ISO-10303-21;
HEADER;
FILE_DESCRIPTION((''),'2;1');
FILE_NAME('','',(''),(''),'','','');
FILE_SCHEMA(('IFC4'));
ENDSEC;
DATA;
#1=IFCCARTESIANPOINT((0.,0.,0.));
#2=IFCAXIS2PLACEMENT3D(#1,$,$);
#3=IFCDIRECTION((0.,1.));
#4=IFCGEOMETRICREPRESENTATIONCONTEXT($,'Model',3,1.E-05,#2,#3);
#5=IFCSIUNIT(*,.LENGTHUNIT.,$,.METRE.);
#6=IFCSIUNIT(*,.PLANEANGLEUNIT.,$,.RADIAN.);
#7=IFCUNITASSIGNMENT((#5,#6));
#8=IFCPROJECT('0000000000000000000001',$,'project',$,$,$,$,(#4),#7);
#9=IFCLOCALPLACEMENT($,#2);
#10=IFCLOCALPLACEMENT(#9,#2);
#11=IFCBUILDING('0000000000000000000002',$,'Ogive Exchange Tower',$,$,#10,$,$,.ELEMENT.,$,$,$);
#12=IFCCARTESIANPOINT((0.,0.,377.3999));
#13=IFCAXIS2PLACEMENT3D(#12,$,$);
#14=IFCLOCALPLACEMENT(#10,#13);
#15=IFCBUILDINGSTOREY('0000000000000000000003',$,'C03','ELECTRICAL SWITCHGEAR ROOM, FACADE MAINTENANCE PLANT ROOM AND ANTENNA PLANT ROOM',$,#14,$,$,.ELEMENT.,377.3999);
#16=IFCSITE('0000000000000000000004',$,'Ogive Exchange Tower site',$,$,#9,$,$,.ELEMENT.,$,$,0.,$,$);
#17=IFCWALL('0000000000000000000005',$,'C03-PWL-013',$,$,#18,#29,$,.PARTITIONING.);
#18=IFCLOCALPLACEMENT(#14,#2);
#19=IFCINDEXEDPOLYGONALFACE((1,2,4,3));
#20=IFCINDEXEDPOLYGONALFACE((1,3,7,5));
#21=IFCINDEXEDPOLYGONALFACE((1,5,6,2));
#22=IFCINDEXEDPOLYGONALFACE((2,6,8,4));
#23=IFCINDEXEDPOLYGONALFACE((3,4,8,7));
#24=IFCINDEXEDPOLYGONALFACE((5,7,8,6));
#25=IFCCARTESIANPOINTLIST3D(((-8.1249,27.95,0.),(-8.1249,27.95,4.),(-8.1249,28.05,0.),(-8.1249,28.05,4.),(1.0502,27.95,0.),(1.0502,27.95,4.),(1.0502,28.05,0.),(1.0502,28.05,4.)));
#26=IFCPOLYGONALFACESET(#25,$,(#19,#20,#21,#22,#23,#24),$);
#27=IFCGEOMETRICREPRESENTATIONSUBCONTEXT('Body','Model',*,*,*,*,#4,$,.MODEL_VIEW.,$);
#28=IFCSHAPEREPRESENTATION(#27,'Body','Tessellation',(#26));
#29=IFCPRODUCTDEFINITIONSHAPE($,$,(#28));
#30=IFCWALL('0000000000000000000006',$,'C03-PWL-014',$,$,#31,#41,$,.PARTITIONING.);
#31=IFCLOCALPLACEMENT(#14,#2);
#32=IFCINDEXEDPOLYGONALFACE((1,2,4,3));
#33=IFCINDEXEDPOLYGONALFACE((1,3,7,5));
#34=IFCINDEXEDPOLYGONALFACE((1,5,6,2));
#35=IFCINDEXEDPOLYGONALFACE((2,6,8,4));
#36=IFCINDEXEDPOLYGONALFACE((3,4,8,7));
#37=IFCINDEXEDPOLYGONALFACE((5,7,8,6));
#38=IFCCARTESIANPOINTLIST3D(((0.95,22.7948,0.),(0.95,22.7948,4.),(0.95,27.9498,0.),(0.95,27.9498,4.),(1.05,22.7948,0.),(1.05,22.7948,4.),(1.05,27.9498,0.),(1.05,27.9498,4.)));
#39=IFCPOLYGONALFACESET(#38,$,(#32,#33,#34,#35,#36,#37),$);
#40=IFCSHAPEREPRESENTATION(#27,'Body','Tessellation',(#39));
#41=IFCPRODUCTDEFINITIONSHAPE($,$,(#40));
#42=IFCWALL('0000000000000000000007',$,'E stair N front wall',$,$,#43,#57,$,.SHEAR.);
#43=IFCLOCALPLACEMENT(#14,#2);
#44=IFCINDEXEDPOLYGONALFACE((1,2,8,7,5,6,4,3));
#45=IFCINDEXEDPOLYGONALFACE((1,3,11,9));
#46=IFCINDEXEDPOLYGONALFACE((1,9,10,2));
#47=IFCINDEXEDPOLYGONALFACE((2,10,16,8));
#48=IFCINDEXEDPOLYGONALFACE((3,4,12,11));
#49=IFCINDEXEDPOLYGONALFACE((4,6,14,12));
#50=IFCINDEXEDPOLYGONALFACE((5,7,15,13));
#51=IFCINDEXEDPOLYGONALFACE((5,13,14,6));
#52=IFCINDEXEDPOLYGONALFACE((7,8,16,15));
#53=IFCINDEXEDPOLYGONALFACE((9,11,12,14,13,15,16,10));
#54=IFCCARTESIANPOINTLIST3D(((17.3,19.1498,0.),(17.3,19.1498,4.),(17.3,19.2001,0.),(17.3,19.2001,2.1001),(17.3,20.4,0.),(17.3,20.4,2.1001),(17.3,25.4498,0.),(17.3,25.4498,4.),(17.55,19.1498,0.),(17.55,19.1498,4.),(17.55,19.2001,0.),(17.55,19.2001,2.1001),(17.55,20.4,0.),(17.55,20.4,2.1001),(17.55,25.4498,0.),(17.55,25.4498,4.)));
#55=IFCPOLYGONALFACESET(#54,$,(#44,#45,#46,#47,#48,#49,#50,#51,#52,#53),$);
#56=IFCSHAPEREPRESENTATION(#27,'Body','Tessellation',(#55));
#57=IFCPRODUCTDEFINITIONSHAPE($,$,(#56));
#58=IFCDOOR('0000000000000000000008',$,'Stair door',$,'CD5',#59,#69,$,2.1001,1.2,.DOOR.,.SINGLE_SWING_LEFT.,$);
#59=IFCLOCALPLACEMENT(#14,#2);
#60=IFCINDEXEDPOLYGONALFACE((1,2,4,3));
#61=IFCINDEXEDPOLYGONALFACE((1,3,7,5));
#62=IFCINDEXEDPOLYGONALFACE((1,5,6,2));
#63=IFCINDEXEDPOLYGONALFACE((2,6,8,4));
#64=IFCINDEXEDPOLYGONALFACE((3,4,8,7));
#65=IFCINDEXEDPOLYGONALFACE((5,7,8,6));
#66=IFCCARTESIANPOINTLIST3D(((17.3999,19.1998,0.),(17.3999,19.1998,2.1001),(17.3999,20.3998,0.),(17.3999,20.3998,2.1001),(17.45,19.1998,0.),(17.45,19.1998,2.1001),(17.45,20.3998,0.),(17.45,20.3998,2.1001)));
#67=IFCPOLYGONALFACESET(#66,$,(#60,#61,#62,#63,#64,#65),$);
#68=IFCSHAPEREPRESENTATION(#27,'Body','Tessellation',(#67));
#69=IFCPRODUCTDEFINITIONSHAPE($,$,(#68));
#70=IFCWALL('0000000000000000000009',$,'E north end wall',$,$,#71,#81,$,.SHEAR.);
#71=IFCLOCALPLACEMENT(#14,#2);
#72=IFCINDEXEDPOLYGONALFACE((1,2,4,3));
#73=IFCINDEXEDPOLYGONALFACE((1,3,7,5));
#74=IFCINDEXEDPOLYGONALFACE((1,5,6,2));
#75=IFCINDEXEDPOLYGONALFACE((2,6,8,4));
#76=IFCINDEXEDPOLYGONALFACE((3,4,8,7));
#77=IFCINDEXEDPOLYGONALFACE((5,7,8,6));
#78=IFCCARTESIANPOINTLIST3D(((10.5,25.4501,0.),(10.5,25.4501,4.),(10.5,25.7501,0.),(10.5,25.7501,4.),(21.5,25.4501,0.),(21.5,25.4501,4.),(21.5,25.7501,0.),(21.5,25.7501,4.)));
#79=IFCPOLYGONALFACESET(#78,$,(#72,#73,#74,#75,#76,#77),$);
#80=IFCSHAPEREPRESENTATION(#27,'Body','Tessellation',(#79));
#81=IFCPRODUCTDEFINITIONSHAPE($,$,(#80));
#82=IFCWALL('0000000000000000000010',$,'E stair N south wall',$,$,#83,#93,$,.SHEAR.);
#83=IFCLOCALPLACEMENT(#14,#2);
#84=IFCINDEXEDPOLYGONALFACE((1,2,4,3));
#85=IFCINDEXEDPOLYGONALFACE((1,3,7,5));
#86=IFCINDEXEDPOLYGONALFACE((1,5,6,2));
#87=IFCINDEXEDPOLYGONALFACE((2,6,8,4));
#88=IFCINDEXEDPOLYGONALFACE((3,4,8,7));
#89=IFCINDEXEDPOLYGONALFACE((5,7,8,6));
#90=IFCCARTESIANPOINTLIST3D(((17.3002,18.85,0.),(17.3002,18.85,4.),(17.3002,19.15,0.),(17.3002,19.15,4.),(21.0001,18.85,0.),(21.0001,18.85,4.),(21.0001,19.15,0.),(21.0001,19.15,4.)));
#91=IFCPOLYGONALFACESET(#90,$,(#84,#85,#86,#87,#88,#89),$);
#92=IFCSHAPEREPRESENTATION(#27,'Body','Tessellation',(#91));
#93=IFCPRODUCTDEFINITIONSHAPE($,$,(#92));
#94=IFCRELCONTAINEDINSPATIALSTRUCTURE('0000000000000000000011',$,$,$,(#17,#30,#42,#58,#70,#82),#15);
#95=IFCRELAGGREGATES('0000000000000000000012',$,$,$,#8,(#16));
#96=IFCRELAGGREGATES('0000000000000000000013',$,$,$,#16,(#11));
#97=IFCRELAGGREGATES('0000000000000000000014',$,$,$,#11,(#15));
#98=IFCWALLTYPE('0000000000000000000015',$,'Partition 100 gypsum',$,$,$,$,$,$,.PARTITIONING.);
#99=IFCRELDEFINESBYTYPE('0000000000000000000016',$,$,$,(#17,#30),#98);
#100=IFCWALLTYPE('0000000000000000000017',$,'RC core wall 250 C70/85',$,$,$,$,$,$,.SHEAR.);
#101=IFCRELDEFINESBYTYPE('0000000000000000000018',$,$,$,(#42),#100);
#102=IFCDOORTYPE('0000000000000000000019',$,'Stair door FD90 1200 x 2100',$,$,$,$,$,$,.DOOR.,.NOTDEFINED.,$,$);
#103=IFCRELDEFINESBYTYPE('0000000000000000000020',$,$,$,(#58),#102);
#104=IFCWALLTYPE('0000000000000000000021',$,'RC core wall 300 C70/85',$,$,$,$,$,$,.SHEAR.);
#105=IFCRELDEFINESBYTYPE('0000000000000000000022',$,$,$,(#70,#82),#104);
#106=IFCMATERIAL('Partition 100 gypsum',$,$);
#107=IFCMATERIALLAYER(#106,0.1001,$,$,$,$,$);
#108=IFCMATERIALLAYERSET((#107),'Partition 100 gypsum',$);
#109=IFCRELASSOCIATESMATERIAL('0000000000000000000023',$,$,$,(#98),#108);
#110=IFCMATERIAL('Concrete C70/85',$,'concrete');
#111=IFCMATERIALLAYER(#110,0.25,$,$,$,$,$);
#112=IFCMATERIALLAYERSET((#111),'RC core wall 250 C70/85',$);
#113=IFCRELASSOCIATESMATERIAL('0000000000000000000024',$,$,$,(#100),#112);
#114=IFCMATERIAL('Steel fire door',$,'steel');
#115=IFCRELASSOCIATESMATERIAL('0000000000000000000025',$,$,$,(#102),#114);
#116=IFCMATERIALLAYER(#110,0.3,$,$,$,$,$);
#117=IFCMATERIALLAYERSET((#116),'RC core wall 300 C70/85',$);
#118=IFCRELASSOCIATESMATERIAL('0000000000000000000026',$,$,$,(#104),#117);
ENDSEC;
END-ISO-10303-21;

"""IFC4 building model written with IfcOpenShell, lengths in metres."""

from ifc_helpers import new_model, si_unit, direction, frame, frame_2d, origin, place, context, subcontext, project, spatial, rectangle, extrude, material, layer, layer_set, type_object, element, fill, save


model = new_model("IFC4")

# Units and contexts
model_context = context("Model", 3, precision=1e-05, world=origin(), true_north=direction((0.0, 1.0)))
body_context = subcontext(model_context, "Body", "Model", "MODEL_VIEW")
ifc_project = project(units=[si_unit("LENGTHUNIT", "METRE"), si_unit("PLANEANGLEUNIT", "RADIAN")], contexts=[model_context])

# Site, building, storey
site_placement = place(None, origin())
site = spatial("IfcSite", under=ifc_project, at=site_placement, Name="Ogive Exchange Tower site", CompositionType="ELEMENT", RefElevation=0.0)
building_placement = place(site_placement, origin())
building = spatial("IfcBuilding", under=site, at=building_placement, Name="Ogive Exchange Tower", CompositionType="ELEMENT")
storey_placement = place(building_placement, frame((0.0, 0.0, 377.3999)))
storey = spatial("IfcBuildingStorey", under=building, at=storey_placement, Name="C03", Description="ELECTRICAL SWITCHGEAR ROOM, FACADE MAINTENANCE PLANT ROOM AND ANTENNA PLANT ROOM", CompositionType="ELEMENT", Elevation=377.3999)

# Walls
ifc_material_1 = material(Name="Partition 100 gypsum")
ifc_layer_1 = layer(ifc_material_1, 0.1001)
ifc_layer_set_1 = layer_set([ifc_layer_1], Name="Partition 100 gypsum")
wall_type_1 = type_object("IfcWallType", Name="Partition 100 gypsum", PredefinedType="PARTITIONING", material=ifc_layer_set_1)
wall_1_placement = place(storey_placement, frame((1.05, 28.0, 0.0), z_axis=(0.0, 0.0, 1.0), x_axis=(-1.0, 0.0, 0.0)))
element("IfcWall", 1, at=wall_1_placement, inside=storey, type_object=wall_type_1, Name="C03-PWL-013", PredefinedType="PARTITIONING", context=body_context, shape_type="SweptSolid", body=[
    extrude(rectangle(XDim=9.175, YDim=0.1001, at=frame_2d((4.5874, 0.0))), origin(), (0.0, 0.0, 1.0), 4.0),
])
wall_2_placement = place(storey_placement, frame((1.0, 27.95, 0.0), z_axis=(0.0, 0.0, 1.0), x_axis=(0.0, -1.0, 0.0)))
element("IfcWall", 2, at=wall_2_placement, inside=storey, type_object=wall_type_1, Name="C03-PWL-014", PredefinedType="PARTITIONING", context=body_context, shape_type="SweptSolid", body=[
    extrude(rectangle(XDim=5.155, YDim=0.1001, at=frame_2d((2.5776, 0.0))), origin(), (0.0, 0.0, 1.0), 4.0),
])

# Wall, opening, door
ifc_material_2 = material(Name="Concrete C70/85", Category="concrete")
ifc_layer_2 = layer(ifc_material_2, 0.25)
ifc_layer_set_2 = layer_set([ifc_layer_2], Name="RC core wall 250 C70/85")
wall_type_2 = type_object("IfcWallType", Name="RC core wall 250 C70/85", PredefinedType="SHEAR", material=ifc_layer_set_2)
wall_3_placement = place(storey_placement, frame((17.425, 19.1499, 0.0), z_axis=(0.0, 0.0, 1.0), x_axis=(0.0, 1.0, 0.0)))
wall_3 = element("IfcWall", 3, at=wall_3_placement, inside=storey, type_object=wall_type_2, Name="E stair N front wall", PredefinedType="SHEAR", context=body_context, shape_type="SweptSolid", body=[
    extrude(rectangle(XDim=6.3, YDim=0.25, at=frame_2d((3.1499, 0.0))), origin(), (0.0, 0.0, 1.0), 4.0),
])
opening_1_placement = place(wall_3_placement, frame((0.05, 0.0, 0.0)))
opening_1 = element("IfcOpeningElement", 4, at=opening_1_placement, cuts=wall_3, PredefinedType="OPENING", context=body_context, shape_type="SweptSolid", body=[
    extrude(rectangle(XDim=1.2, YDim=2.1001, at=frame_2d((0.6001, 1.05))), frame((0.0, 0.135, 0.0), z_axis=(0.0, -1.0, 0.0), x_axis=(1.0, 0.0, 0.0)), (0.0, 0.0, 1.0), 0.27),
])
ifc_material_3 = material(Name="Steel fire door", Category="steel")
door_type_1 = type_object("IfcDoorType", Name="Stair door FD90 1200 x 2100", OperationType="NOTDEFINED", PredefinedType="DOOR", material=ifc_material_3)
door_1_placement = place(opening_1_placement, frame((1.2, 0.0, 0.0), z_axis=(0.0, 0.0, 1.0), x_axis=(-1.0, 0.0, 0.0)))
door_1 = element("IfcDoor", 5, at=door_1_placement, inside=storey, type_object=door_type_1, Name="Stair door", ObjectType="CD5", OperationType="SINGLE_SWING_LEFT", OverallHeight=2.1001, OverallWidth=1.2, PredefinedType="DOOR", context=body_context, shape_type="SweptSolid", body=[
    extrude(rectangle(XDim=1.2, YDim=2.1001, at=frame_2d((0.6001, 1.05))), frame((0.0, 0.0249, 0.0), z_axis=(0.0, -1.0, 0.0), x_axis=(1.0, 0.0, 0.0)), (0.0, 0.0, 1.0), 0.05),
])
fill(opening_1, door_1)

# Walls
ifc_layer_3 = layer(ifc_material_2, 0.3)
ifc_layer_set_3 = layer_set([ifc_layer_3], Name="RC core wall 300 C70/85")
wall_type_3 = type_object("IfcWallType", Name="RC core wall 300 C70/85", PredefinedType="SHEAR", material=ifc_layer_set_3)
wall_4_placement = place(storey_placement, frame((10.5, 25.6001, 0.0), z_axis=(0.0, 0.0, 1.0), x_axis=(1.0, 0.0, 0.0)))
element("IfcWall", 6, at=wall_4_placement, inside=storey, type_object=wall_type_3, Name="E north end wall", PredefinedType="SHEAR", context=body_context, shape_type="SweptSolid", body=[
    extrude(rectangle(XDim=11.0, YDim=0.3, at=frame_2d((5.5, 0.0))), origin(), (0.0, 0.0, 1.0), 4.0),
])
wall_5_placement = place(storey_placement, frame((17.3, 19.0, 0.0), z_axis=(0.0, 0.0, 1.0), x_axis=(1.0, 0.0, 0.0)))
element("IfcWall", 7, at=wall_5_placement, inside=storey, type_object=wall_type_3, Name="E stair N south wall", PredefinedType="SHEAR", context=body_context, shape_type="SweptSolid", body=[
    extrude(rectangle(XDim=3.7, YDim=0.3, at=frame_2d((1.8501, 0.0))), origin(), (0.0, 0.0, 1.0), 4.0),
])

save(model, "model.ifc")
